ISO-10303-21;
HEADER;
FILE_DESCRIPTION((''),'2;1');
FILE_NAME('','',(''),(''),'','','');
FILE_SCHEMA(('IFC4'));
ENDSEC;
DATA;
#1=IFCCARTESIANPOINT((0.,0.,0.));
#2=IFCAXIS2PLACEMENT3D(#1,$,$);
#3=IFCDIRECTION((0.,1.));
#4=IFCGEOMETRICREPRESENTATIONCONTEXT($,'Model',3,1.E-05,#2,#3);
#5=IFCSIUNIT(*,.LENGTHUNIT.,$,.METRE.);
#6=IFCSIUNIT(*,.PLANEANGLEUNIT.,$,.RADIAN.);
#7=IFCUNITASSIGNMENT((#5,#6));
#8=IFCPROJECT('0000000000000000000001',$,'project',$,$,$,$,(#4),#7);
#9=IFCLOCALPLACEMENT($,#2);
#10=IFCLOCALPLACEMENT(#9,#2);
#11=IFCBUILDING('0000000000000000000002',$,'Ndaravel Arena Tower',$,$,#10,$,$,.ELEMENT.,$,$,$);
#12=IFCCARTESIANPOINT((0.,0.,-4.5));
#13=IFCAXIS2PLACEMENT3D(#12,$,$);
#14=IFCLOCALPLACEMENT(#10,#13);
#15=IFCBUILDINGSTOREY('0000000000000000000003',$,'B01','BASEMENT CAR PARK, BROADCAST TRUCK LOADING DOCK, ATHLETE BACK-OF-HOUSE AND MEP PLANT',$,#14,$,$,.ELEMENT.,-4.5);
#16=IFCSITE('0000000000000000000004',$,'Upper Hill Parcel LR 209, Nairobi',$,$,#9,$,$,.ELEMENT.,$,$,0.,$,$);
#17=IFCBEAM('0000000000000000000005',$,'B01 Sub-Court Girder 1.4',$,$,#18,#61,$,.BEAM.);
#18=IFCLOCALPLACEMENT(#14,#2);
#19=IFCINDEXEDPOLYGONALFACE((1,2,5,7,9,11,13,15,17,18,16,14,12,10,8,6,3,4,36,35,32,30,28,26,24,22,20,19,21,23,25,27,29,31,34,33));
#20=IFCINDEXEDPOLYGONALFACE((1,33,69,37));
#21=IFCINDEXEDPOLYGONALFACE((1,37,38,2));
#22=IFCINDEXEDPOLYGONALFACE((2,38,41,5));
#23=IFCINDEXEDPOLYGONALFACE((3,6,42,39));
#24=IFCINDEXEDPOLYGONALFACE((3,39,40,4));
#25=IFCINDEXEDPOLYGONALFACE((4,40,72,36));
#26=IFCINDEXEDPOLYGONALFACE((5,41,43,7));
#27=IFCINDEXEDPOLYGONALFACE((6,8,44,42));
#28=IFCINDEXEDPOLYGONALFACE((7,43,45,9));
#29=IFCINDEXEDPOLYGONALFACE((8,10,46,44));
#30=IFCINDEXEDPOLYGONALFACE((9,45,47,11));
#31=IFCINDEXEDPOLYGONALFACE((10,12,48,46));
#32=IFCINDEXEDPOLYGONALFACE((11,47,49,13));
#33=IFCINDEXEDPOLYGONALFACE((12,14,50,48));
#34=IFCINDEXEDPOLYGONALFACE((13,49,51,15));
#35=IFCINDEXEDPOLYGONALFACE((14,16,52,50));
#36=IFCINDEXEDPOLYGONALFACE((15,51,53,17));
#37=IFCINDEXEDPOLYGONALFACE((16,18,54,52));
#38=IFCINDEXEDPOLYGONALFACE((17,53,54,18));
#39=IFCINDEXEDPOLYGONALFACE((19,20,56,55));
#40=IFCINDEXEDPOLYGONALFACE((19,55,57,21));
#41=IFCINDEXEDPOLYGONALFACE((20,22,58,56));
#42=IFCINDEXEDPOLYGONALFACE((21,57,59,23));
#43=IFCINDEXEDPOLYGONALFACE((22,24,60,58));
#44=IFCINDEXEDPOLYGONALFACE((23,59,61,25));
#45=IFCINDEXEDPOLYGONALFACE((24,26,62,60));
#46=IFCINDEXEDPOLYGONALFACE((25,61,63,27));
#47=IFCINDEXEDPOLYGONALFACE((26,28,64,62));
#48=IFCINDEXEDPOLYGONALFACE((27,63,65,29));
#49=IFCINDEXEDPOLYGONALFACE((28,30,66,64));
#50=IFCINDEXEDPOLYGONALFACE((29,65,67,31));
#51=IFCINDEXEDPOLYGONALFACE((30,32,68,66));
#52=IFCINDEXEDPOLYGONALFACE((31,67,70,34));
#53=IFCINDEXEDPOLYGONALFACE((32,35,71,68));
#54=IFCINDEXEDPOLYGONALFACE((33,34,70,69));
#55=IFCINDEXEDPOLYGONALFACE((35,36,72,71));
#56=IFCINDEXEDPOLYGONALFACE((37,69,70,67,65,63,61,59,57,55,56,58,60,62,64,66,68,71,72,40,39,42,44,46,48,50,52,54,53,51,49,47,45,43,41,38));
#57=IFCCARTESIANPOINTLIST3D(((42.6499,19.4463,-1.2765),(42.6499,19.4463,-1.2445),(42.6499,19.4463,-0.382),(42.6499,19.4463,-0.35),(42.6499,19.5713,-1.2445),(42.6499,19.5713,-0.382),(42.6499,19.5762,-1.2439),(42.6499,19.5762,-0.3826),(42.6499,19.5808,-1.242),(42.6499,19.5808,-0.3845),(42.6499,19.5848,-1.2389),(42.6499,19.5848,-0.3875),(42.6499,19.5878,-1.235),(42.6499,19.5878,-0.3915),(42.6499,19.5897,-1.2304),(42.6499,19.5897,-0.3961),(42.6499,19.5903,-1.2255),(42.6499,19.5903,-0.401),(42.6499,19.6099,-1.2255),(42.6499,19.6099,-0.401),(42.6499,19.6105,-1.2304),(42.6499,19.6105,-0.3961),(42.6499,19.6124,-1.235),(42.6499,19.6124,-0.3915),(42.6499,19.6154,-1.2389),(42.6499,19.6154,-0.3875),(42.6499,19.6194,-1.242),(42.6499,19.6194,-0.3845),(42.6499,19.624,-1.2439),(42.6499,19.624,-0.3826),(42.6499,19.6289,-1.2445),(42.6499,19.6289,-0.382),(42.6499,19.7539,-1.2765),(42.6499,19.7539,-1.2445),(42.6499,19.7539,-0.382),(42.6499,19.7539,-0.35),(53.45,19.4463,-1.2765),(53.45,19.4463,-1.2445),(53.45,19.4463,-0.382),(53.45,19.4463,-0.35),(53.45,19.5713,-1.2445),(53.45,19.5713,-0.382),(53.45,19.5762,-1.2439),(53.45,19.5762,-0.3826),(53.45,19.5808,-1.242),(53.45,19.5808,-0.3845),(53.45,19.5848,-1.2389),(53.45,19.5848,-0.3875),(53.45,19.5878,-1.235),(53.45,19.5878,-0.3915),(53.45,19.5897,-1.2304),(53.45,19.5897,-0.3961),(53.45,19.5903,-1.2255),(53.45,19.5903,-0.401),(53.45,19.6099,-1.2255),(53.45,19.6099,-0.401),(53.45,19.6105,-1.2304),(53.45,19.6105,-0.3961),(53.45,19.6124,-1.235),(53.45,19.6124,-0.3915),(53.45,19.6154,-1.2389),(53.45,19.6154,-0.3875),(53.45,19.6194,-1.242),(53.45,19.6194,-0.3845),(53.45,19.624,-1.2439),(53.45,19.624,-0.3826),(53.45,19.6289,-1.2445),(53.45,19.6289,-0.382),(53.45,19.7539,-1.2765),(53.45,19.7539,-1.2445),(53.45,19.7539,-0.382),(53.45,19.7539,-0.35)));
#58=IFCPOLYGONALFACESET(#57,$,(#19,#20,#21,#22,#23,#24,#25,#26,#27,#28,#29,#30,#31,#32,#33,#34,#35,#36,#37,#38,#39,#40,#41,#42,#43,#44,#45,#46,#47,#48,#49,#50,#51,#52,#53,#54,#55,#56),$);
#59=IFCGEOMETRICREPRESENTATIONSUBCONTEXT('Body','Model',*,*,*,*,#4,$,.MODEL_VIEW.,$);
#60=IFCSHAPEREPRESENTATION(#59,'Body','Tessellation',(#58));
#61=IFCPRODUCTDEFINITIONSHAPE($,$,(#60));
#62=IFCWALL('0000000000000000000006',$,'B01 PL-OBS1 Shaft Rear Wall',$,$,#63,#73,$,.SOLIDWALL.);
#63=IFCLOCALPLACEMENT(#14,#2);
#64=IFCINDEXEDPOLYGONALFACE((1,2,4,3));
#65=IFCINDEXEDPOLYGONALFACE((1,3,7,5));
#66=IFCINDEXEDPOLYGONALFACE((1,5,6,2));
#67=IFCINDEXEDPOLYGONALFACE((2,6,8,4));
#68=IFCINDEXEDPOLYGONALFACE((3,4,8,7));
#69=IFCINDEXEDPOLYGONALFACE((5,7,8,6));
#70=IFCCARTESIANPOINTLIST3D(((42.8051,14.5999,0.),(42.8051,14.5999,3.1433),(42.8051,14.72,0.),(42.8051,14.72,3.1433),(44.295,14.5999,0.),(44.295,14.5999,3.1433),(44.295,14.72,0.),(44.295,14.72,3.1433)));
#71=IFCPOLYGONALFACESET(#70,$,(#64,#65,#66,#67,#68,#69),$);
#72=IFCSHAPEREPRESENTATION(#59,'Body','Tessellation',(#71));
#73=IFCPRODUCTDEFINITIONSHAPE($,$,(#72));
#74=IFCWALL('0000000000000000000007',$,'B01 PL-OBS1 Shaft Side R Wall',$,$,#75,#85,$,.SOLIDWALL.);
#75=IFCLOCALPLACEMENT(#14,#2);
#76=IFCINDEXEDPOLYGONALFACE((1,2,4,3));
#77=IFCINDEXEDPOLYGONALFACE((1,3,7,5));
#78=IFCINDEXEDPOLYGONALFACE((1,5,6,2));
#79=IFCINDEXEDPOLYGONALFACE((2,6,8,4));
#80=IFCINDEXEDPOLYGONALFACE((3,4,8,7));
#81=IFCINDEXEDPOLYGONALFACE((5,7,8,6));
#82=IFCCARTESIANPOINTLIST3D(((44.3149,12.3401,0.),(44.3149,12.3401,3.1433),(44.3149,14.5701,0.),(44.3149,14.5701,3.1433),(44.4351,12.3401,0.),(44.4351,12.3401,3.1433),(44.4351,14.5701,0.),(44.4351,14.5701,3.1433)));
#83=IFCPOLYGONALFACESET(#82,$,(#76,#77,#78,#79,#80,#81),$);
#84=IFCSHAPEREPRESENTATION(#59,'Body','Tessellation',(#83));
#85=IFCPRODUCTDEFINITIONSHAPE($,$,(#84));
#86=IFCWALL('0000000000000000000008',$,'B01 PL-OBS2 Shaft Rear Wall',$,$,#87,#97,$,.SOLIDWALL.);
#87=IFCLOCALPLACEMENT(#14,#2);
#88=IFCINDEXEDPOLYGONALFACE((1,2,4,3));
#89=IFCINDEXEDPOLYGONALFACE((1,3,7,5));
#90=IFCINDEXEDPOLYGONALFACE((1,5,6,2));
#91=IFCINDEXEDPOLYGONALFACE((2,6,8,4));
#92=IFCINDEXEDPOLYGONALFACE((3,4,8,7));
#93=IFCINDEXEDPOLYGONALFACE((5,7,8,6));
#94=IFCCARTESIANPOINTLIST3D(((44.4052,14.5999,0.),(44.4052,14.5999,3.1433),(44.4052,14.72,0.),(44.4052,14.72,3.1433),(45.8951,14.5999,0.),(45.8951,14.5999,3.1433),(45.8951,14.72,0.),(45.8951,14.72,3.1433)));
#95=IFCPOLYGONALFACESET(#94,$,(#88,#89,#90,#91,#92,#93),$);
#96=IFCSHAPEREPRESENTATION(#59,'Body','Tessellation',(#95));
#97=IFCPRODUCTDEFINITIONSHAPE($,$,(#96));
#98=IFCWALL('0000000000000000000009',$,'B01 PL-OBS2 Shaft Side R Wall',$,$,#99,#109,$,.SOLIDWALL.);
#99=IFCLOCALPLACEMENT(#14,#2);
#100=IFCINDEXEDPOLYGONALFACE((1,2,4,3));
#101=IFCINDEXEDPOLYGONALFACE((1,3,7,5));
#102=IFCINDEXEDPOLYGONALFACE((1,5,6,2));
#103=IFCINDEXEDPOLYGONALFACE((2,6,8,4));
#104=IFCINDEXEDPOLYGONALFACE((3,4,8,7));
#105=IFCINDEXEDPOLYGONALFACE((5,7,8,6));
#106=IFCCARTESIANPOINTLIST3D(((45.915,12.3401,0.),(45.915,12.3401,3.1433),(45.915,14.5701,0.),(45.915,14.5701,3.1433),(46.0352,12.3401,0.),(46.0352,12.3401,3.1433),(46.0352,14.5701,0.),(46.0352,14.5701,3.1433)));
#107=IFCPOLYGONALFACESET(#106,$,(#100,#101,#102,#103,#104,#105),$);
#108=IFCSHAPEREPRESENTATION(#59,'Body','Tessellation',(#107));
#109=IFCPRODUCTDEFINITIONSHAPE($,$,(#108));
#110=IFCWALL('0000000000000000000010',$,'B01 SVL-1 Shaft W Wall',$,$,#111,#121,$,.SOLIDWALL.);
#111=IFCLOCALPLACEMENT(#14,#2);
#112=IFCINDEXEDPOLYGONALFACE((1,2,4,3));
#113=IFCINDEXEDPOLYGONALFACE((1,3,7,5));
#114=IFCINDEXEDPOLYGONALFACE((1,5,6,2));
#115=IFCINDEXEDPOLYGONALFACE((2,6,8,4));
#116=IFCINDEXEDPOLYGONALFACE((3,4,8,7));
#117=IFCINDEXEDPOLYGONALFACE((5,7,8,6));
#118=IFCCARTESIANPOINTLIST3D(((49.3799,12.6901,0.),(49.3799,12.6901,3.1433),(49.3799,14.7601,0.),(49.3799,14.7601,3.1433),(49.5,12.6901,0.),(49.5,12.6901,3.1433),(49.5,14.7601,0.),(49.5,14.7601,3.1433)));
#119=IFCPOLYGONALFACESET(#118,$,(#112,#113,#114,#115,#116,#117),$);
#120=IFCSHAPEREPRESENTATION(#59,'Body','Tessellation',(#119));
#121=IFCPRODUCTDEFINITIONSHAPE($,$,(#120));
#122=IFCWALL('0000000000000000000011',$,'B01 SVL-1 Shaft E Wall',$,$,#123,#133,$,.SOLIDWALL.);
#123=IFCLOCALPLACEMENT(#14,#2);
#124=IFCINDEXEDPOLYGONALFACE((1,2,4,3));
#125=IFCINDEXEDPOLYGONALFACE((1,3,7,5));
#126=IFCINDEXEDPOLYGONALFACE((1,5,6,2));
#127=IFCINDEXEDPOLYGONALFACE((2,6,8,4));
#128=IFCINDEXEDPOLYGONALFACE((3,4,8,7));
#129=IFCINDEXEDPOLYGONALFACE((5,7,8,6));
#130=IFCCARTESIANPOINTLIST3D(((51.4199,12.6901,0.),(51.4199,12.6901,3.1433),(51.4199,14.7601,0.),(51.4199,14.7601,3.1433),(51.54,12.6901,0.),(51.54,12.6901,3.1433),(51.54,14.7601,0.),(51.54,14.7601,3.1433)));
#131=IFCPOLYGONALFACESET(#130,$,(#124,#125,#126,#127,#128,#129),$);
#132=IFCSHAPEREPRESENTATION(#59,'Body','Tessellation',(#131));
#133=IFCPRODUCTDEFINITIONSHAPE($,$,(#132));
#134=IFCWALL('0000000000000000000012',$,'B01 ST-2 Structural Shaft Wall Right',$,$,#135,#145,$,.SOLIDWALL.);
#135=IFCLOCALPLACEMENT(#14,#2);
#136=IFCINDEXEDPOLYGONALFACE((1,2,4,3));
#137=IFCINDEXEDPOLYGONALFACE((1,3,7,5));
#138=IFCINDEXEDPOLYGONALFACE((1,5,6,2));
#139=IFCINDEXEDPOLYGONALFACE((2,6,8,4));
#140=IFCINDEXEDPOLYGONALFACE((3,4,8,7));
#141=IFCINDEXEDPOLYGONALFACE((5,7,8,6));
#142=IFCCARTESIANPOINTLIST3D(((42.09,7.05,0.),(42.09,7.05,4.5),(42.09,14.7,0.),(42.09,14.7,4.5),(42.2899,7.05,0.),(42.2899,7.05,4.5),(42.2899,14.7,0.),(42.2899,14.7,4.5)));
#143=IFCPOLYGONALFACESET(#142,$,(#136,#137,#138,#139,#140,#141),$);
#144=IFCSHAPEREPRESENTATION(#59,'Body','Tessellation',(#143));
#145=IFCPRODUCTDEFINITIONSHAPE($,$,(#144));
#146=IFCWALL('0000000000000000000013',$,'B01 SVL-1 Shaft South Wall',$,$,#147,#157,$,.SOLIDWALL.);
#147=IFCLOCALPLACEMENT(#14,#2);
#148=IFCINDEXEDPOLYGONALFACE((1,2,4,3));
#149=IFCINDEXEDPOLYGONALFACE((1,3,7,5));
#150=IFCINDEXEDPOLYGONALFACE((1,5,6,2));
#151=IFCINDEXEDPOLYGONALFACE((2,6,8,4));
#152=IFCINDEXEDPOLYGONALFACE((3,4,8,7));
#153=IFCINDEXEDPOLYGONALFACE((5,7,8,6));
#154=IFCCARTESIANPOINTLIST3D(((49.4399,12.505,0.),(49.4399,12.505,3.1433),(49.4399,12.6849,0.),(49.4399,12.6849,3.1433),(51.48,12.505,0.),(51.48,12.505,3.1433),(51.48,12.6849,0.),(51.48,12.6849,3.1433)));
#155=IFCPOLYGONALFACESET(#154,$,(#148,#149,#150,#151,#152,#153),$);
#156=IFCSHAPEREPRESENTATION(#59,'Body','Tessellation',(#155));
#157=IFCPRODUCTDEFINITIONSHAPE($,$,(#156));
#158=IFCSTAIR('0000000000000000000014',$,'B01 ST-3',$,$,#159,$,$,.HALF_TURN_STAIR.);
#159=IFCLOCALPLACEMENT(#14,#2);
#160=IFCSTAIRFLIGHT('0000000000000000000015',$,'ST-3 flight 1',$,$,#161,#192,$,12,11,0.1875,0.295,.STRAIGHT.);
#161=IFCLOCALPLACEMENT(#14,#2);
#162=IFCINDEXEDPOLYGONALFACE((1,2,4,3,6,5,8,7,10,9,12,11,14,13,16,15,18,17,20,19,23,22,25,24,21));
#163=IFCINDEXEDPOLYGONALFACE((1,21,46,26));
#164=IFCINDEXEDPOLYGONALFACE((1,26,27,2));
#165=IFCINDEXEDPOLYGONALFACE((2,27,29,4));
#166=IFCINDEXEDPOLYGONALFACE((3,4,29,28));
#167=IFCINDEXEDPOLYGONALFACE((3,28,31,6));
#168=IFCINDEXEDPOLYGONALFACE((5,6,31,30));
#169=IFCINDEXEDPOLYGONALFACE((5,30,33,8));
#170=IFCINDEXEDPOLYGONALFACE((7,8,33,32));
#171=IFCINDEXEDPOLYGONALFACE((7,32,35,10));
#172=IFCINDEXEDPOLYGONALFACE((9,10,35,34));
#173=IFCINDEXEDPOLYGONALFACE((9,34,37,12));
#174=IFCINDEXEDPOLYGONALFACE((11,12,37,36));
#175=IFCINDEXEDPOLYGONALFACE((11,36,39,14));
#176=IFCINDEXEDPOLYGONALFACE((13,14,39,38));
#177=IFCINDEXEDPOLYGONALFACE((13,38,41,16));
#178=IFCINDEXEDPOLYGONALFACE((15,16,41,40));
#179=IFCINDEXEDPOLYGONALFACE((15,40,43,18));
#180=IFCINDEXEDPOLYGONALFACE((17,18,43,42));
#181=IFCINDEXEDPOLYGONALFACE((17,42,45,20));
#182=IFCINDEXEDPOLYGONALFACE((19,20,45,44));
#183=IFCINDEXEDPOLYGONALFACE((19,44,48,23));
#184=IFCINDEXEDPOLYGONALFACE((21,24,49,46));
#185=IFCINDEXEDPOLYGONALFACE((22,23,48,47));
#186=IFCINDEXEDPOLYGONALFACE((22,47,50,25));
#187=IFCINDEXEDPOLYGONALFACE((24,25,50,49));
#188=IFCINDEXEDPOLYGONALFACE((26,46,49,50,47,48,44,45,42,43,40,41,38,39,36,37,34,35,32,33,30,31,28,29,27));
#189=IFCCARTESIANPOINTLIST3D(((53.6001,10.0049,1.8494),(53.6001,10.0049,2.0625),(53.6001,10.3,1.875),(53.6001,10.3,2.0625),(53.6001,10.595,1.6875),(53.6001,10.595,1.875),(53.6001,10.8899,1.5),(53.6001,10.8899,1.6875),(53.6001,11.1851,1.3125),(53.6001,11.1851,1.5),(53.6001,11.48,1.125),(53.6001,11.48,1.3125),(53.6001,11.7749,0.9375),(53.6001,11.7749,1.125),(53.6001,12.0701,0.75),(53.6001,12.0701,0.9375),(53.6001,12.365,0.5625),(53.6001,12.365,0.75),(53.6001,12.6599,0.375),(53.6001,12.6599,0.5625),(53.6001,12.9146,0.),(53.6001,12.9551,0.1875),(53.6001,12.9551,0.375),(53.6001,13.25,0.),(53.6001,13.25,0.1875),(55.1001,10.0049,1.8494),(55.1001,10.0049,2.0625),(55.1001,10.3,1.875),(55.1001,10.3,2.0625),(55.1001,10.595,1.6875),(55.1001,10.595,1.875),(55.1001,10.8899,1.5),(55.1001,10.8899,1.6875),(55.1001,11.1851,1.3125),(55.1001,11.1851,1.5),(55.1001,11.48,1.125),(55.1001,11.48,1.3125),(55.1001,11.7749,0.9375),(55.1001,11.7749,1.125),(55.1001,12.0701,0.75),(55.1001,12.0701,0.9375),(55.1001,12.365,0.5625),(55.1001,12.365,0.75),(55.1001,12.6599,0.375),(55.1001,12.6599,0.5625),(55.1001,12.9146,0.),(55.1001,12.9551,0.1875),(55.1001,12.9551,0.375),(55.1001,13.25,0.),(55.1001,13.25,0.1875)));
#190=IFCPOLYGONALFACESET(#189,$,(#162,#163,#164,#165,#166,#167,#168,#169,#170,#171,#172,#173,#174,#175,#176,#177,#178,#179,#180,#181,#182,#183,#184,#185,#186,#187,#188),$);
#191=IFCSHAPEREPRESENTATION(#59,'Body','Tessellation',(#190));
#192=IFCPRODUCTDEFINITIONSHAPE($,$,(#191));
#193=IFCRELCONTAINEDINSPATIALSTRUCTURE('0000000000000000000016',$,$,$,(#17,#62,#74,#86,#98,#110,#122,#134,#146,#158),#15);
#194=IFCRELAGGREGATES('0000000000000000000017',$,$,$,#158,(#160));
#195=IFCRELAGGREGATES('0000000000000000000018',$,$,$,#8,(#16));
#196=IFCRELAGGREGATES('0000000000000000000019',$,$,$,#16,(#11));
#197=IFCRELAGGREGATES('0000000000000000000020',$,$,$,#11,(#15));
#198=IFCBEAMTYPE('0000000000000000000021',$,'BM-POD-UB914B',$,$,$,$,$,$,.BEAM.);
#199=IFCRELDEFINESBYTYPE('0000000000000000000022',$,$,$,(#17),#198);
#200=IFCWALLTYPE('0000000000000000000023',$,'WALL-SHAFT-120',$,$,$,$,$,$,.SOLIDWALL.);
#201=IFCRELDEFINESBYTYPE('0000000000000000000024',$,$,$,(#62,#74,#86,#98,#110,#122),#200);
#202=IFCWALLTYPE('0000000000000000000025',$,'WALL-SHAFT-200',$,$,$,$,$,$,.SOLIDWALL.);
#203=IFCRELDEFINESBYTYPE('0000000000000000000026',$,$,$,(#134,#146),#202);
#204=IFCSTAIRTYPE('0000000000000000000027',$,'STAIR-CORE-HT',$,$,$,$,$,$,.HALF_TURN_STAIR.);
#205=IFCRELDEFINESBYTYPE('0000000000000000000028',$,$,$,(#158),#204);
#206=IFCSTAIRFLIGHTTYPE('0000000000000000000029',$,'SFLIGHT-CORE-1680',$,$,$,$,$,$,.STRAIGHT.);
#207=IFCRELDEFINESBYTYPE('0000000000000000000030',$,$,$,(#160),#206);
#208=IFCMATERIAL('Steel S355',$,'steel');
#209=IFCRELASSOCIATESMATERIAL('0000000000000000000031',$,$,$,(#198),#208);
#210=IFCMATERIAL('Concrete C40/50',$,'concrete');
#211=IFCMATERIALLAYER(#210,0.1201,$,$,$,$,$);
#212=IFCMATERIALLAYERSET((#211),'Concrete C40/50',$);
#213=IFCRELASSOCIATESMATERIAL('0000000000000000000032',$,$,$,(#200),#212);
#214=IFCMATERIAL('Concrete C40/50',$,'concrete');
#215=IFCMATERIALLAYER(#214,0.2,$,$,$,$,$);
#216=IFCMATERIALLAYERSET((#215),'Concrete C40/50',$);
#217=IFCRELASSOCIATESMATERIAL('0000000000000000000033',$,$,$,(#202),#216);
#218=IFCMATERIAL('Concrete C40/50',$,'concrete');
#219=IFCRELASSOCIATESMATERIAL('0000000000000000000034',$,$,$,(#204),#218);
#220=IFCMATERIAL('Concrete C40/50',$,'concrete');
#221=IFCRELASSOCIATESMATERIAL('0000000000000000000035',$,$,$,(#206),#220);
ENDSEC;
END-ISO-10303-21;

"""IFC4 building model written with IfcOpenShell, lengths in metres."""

from ifc_helpers import new_model, si_unit, direction, frame, frame_2d, origin, origin_2d, place, context, subcontext, project, spatial, polyline, rectangle, i_section, outline, extrude, material, layer, layer_set, material_profile, profile_set, type_object, element, aggregate, save


model = new_model("IFC4")

# Units and contexts
model_context = context("Model", 3, precision=1e-05, world=origin(), true_north=direction((0.0, 1.0)))
body_context = subcontext(model_context, "Body", "Model", "MODEL_VIEW")
ifc_project = project(units=[si_unit("LENGTHUNIT", "METRE"), si_unit("PLANEANGLEUNIT", "RADIAN")], contexts=[model_context])

# Site, building, storey
site_placement = place(None, origin())
site = spatial("IfcSite", under=ifc_project, at=site_placement, Name="Upper Hill Parcel LR 209, Nairobi", CompositionType="ELEMENT", RefElevation=0.0)
building_placement = place(site_placement, origin())
building = spatial("IfcBuilding", under=site, at=building_placement, Name="Ndaravel Arena Tower", CompositionType="ELEMENT")
storey_placement = place(building_placement, frame((0.0, 0.0, -4.5)))
storey = spatial("IfcBuildingStorey", under=building, at=storey_placement, Name="B01", Description="BASEMENT CAR PARK, BROADCAST TRUCK LOADING DOCK, ATHLETE BACK-OF-HOUSE AND MEP PLANT", CompositionType="ELEMENT", Elevation=-4.5)

# Beam
ifc_material_1 = material(Name="Steel S355", Category="steel")
ifc_material_profile_1 = material_profile(ifc_material_1, i_section(OverallWidth=0.3076, OverallDepth=0.9265, WebThickness=0.0195, FlangeThickness=0.032, FilletRadius=0.019, at=origin_2d()), Name="UB 914x305x289")
ifc_profile_set_1 = profile_set([ifc_material_profile_1], Name="Steel S355")
beam_type_1 = type_object("IfcBeamType", Name="BM-POD-UB914B", PredefinedType="BEAM", material=ifc_profile_set_1)
beam_1_placement = place(storey_placement, frame((42.6499, 19.6001, -0.8132), z_axis=(1.0, 0.0, 0.0), x_axis=(0.0, 1.0, 0.0)))
element("IfcBeam", 1, at=beam_1_placement, inside=storey, type_object=beam_type_1, Name="B01 Sub-Court Girder 1.4", PredefinedType="BEAM", context=body_context, shape_type="SweptSolid", body=[
    extrude(i_section(OverallWidth=0.3076, OverallDepth=0.9265, WebThickness=0.0195, FlangeThickness=0.032, FilletRadius=0.019, at=origin_2d()), origin(), (0.0, 0.0, 1.0), 10.8),
])

# Walls
ifc_material_2 = material(Name="Concrete C40/50", Category="concrete")
ifc_layer_1 = layer(ifc_material_2, 0.1201)
ifc_layer_set_1 = layer_set([ifc_layer_1], Name="Concrete C40/50")
wall_type_1 = type_object("IfcWallType", Name="WALL-SHAFT-120", PredefinedType="SOLIDWALL", material=ifc_layer_set_1)
wall_1_placement = place(storey_placement, frame((42.8049, 14.6599, 0.0), z_axis=(0.0, 0.0, 1.0), x_axis=(1.0, 0.0, 0.0)))
element("IfcWall", 2, at=wall_1_placement, inside=storey, type_object=wall_type_1, Name="B01 PL-OBS1 Shaft Rear Wall", PredefinedType="SOLIDWALL", context=body_context, shape_type="SweptSolid", body=[
    extrude(rectangle(XDim=1.49, YDim=0.1201, at=frame_2d((0.7451, 0.0))), origin(), (0.0, 0.0, 1.0), 3.1433),
])
wall_2_placement = place(storey_placement, frame((44.375, 12.3401, 0.0), z_axis=(0.0, 0.0, 1.0), x_axis=(0.0, 1.0, 0.0)))
element("IfcWall", 3, at=wall_2_placement, inside=storey, type_object=wall_type_1, Name="B01 PL-OBS1 Shaft Side R Wall", PredefinedType="SOLIDWALL", context=body_context, shape_type="SweptSolid", body=[
    extrude(rectangle(XDim=2.23, YDim=0.1201, at=frame_2d((1.115, 0.0))), origin(), (0.0, 0.0, 1.0), 3.1433),
])
wall_3_placement = place(storey_placement, frame((44.405, 14.6599, 0.0), z_axis=(0.0, 0.0, 1.0), x_axis=(1.0, 0.0, 0.0)))
element("IfcWall", 4, at=wall_3_placement, inside=storey, type_object=wall_type_1, Name="B01 PL-OBS2 Shaft Rear Wall", PredefinedType="SOLIDWALL", context=body_context, shape_type="SweptSolid", body=[
    extrude(rectangle(XDim=1.49, YDim=0.1201, at=frame_2d((0.7451, 0.0))), origin(), (0.0, 0.0, 1.0), 3.1433),
])
wall_4_placement = place(storey_placement, frame((45.9751, 12.3401, 0.0), z_axis=(0.0, 0.0, 1.0), x_axis=(0.0, 1.0, 0.0)))
element("IfcWall", 5, at=wall_4_placement, inside=storey, type_object=wall_type_1, Name="B01 PL-OBS2 Shaft Side R Wall", PredefinedType="SOLIDWALL", context=body_context, shape_type="SweptSolid", body=[
    extrude(rectangle(XDim=2.23, YDim=0.1201, at=frame_2d((1.115, 0.0))), origin(), (0.0, 0.0, 1.0), 3.1433),
])
for number, where, z_axis, x_axis, name in (
    (6, (49.4399, 12.6899, 0.0), (0.0, 0.0, 1.0), (0.0, 1.0, 0.0), "B01 SVL-1 Shaft W Wall"),
    (7, (51.48, 12.6899, 0.0), (0.0, 0.0, 1.0), (0.0, 1.0, 0.0), "B01 SVL-1 Shaft E Wall"),
):
    element("IfcWall", number, at=place(storey_placement, frame(where, z_axis=z_axis, x_axis=x_axis)), inside=storey, type_object=wall_type_1, Name=name, PredefinedType="SOLIDWALL", context=body_context, shape_type="SweptSolid", body=[
        extrude(rectangle(XDim=2.0701, YDim=0.1201, at=frame_2d((1.0352, 0.0))), origin(), (0.0, 0.0, 1.0), 3.1433),
    ])
ifc_material_3 = material(Name="Concrete C40/50", Category="concrete")
ifc_layer_2 = layer(ifc_material_3, 0.2)
ifc_layer_set_2 = layer_set([ifc_layer_2], Name="Concrete C40/50")
wall_type_2 = type_object("IfcWallType", Name="WALL-SHAFT-200", PredefinedType="SOLIDWALL", material=ifc_layer_set_2)
wall_5_placement = place(storey_placement, frame((42.1899, 14.7, 0.0), z_axis=(0.0, 0.0, 1.0), x_axis=(0.0, -1.0, 0.0)))
element("IfcWall", 8, at=wall_5_placement, inside=storey, type_object=wall_type_2, Name="B01 ST-2 Structural Shaft Wall Right", PredefinedType="SOLIDWALL", context=body_context, shape_type="SweptSolid", body=[
    extrude(rectangle(XDim=7.6499, YDim=0.2, at=frame_2d((3.825, 0.0))), origin(), (0.0, 0.0, 1.0), 4.5),
])

# Wall
wall_6_placement = place(storey_placement, frame((49.4399, 12.595, 0.0), z_axis=(0.0, 0.0, 1.0), x_axis=(1.0, 0.0, 0.0)))
element("IfcWall", 9, at=wall_6_placement, inside=storey, type_object=wall_type_2, Name="B01 SVL-1 Shaft South Wall", PredefinedType="SOLIDWALL", context=body_context, shape_type="SweptSolid", body=[
    extrude(rectangle(XDim=2.04, YDim=0.1799, at=frame_2d((1.02, 0.0))), origin(), (0.0, 0.0, 1.0), 3.1433),
])

# Stair, stair flight
ifc_material_4 = material(Name="Concrete C40/50", Category="concrete")
stair_type = type_object("IfcStairType", Name="STAIR-CORE-HT", PredefinedType="HALF_TURN_STAIR", material=ifc_material_4)
stair_placement = place(storey_placement, origin())
stair = element("IfcStair", 10, at=stair_placement, inside=storey, type_object=stair_type, Name="B01 ST-3", PredefinedType="HALF_TURN_STAIR")
ifc_material_5 = material(Name="Concrete C40/50", Category="concrete")
stair_flight_type = type_object("IfcStairFlightType", Name="SFLIGHT-CORE-1680", PredefinedType="STRAIGHT", material=ifc_material_5)
stair_flight_placement = place(storey_placement, frame((54.3501, 13.25, 0.0), z_axis=(0.0, 0.0, 1.0), x_axis=(0.0, -1.0, 0.0)))
stair_flight = element("IfcStairFlight", 11, at=stair_flight_placement, type_object=stair_flight_type, Name="ST-3 flight 1", NumberOfRisers=12, NumberOfTreads=11, PredefinedType="STRAIGHT", RiserHeight=0.1875, TreadLength=0.295, context=body_context, shape_type="SweptSolid", body=[
    extrude(outline(polyline([(0.0, 0.0), (0.0, 0.1875), (0.2949, 0.1875), (0.2949, 0.375), (0.5901, 0.375), (0.5901, 0.5625), (0.885, 0.5625), (0.885, 0.75), (1.1799, 0.75), (1.1799, 0.9375), (1.4751, 0.9375), (1.4751, 1.125), (1.77, 1.125), (1.77, 1.3125), (2.0649, 1.3125), (2.0649, 1.5), (2.3601, 1.5), (2.3601, 1.6875), (2.655, 1.6875), (2.655, 1.875), (2.95, 1.875), (2.95, 2.0625), (3.2451, 2.0625), (3.2451, 2.25), (3.2451, 1.8494), (0.3354, 0.0), (0.0, 0.0)])), frame((0.0, 0.75, 0.0), z_axis=(0.0, -1.0, 0.0), x_axis=(1.0, 0.0, 0.0)), (0.0, 0.0, 1.0), 1.5),
])
aggregate(stair, [stair_flight])

save(model, "model.ifc")
